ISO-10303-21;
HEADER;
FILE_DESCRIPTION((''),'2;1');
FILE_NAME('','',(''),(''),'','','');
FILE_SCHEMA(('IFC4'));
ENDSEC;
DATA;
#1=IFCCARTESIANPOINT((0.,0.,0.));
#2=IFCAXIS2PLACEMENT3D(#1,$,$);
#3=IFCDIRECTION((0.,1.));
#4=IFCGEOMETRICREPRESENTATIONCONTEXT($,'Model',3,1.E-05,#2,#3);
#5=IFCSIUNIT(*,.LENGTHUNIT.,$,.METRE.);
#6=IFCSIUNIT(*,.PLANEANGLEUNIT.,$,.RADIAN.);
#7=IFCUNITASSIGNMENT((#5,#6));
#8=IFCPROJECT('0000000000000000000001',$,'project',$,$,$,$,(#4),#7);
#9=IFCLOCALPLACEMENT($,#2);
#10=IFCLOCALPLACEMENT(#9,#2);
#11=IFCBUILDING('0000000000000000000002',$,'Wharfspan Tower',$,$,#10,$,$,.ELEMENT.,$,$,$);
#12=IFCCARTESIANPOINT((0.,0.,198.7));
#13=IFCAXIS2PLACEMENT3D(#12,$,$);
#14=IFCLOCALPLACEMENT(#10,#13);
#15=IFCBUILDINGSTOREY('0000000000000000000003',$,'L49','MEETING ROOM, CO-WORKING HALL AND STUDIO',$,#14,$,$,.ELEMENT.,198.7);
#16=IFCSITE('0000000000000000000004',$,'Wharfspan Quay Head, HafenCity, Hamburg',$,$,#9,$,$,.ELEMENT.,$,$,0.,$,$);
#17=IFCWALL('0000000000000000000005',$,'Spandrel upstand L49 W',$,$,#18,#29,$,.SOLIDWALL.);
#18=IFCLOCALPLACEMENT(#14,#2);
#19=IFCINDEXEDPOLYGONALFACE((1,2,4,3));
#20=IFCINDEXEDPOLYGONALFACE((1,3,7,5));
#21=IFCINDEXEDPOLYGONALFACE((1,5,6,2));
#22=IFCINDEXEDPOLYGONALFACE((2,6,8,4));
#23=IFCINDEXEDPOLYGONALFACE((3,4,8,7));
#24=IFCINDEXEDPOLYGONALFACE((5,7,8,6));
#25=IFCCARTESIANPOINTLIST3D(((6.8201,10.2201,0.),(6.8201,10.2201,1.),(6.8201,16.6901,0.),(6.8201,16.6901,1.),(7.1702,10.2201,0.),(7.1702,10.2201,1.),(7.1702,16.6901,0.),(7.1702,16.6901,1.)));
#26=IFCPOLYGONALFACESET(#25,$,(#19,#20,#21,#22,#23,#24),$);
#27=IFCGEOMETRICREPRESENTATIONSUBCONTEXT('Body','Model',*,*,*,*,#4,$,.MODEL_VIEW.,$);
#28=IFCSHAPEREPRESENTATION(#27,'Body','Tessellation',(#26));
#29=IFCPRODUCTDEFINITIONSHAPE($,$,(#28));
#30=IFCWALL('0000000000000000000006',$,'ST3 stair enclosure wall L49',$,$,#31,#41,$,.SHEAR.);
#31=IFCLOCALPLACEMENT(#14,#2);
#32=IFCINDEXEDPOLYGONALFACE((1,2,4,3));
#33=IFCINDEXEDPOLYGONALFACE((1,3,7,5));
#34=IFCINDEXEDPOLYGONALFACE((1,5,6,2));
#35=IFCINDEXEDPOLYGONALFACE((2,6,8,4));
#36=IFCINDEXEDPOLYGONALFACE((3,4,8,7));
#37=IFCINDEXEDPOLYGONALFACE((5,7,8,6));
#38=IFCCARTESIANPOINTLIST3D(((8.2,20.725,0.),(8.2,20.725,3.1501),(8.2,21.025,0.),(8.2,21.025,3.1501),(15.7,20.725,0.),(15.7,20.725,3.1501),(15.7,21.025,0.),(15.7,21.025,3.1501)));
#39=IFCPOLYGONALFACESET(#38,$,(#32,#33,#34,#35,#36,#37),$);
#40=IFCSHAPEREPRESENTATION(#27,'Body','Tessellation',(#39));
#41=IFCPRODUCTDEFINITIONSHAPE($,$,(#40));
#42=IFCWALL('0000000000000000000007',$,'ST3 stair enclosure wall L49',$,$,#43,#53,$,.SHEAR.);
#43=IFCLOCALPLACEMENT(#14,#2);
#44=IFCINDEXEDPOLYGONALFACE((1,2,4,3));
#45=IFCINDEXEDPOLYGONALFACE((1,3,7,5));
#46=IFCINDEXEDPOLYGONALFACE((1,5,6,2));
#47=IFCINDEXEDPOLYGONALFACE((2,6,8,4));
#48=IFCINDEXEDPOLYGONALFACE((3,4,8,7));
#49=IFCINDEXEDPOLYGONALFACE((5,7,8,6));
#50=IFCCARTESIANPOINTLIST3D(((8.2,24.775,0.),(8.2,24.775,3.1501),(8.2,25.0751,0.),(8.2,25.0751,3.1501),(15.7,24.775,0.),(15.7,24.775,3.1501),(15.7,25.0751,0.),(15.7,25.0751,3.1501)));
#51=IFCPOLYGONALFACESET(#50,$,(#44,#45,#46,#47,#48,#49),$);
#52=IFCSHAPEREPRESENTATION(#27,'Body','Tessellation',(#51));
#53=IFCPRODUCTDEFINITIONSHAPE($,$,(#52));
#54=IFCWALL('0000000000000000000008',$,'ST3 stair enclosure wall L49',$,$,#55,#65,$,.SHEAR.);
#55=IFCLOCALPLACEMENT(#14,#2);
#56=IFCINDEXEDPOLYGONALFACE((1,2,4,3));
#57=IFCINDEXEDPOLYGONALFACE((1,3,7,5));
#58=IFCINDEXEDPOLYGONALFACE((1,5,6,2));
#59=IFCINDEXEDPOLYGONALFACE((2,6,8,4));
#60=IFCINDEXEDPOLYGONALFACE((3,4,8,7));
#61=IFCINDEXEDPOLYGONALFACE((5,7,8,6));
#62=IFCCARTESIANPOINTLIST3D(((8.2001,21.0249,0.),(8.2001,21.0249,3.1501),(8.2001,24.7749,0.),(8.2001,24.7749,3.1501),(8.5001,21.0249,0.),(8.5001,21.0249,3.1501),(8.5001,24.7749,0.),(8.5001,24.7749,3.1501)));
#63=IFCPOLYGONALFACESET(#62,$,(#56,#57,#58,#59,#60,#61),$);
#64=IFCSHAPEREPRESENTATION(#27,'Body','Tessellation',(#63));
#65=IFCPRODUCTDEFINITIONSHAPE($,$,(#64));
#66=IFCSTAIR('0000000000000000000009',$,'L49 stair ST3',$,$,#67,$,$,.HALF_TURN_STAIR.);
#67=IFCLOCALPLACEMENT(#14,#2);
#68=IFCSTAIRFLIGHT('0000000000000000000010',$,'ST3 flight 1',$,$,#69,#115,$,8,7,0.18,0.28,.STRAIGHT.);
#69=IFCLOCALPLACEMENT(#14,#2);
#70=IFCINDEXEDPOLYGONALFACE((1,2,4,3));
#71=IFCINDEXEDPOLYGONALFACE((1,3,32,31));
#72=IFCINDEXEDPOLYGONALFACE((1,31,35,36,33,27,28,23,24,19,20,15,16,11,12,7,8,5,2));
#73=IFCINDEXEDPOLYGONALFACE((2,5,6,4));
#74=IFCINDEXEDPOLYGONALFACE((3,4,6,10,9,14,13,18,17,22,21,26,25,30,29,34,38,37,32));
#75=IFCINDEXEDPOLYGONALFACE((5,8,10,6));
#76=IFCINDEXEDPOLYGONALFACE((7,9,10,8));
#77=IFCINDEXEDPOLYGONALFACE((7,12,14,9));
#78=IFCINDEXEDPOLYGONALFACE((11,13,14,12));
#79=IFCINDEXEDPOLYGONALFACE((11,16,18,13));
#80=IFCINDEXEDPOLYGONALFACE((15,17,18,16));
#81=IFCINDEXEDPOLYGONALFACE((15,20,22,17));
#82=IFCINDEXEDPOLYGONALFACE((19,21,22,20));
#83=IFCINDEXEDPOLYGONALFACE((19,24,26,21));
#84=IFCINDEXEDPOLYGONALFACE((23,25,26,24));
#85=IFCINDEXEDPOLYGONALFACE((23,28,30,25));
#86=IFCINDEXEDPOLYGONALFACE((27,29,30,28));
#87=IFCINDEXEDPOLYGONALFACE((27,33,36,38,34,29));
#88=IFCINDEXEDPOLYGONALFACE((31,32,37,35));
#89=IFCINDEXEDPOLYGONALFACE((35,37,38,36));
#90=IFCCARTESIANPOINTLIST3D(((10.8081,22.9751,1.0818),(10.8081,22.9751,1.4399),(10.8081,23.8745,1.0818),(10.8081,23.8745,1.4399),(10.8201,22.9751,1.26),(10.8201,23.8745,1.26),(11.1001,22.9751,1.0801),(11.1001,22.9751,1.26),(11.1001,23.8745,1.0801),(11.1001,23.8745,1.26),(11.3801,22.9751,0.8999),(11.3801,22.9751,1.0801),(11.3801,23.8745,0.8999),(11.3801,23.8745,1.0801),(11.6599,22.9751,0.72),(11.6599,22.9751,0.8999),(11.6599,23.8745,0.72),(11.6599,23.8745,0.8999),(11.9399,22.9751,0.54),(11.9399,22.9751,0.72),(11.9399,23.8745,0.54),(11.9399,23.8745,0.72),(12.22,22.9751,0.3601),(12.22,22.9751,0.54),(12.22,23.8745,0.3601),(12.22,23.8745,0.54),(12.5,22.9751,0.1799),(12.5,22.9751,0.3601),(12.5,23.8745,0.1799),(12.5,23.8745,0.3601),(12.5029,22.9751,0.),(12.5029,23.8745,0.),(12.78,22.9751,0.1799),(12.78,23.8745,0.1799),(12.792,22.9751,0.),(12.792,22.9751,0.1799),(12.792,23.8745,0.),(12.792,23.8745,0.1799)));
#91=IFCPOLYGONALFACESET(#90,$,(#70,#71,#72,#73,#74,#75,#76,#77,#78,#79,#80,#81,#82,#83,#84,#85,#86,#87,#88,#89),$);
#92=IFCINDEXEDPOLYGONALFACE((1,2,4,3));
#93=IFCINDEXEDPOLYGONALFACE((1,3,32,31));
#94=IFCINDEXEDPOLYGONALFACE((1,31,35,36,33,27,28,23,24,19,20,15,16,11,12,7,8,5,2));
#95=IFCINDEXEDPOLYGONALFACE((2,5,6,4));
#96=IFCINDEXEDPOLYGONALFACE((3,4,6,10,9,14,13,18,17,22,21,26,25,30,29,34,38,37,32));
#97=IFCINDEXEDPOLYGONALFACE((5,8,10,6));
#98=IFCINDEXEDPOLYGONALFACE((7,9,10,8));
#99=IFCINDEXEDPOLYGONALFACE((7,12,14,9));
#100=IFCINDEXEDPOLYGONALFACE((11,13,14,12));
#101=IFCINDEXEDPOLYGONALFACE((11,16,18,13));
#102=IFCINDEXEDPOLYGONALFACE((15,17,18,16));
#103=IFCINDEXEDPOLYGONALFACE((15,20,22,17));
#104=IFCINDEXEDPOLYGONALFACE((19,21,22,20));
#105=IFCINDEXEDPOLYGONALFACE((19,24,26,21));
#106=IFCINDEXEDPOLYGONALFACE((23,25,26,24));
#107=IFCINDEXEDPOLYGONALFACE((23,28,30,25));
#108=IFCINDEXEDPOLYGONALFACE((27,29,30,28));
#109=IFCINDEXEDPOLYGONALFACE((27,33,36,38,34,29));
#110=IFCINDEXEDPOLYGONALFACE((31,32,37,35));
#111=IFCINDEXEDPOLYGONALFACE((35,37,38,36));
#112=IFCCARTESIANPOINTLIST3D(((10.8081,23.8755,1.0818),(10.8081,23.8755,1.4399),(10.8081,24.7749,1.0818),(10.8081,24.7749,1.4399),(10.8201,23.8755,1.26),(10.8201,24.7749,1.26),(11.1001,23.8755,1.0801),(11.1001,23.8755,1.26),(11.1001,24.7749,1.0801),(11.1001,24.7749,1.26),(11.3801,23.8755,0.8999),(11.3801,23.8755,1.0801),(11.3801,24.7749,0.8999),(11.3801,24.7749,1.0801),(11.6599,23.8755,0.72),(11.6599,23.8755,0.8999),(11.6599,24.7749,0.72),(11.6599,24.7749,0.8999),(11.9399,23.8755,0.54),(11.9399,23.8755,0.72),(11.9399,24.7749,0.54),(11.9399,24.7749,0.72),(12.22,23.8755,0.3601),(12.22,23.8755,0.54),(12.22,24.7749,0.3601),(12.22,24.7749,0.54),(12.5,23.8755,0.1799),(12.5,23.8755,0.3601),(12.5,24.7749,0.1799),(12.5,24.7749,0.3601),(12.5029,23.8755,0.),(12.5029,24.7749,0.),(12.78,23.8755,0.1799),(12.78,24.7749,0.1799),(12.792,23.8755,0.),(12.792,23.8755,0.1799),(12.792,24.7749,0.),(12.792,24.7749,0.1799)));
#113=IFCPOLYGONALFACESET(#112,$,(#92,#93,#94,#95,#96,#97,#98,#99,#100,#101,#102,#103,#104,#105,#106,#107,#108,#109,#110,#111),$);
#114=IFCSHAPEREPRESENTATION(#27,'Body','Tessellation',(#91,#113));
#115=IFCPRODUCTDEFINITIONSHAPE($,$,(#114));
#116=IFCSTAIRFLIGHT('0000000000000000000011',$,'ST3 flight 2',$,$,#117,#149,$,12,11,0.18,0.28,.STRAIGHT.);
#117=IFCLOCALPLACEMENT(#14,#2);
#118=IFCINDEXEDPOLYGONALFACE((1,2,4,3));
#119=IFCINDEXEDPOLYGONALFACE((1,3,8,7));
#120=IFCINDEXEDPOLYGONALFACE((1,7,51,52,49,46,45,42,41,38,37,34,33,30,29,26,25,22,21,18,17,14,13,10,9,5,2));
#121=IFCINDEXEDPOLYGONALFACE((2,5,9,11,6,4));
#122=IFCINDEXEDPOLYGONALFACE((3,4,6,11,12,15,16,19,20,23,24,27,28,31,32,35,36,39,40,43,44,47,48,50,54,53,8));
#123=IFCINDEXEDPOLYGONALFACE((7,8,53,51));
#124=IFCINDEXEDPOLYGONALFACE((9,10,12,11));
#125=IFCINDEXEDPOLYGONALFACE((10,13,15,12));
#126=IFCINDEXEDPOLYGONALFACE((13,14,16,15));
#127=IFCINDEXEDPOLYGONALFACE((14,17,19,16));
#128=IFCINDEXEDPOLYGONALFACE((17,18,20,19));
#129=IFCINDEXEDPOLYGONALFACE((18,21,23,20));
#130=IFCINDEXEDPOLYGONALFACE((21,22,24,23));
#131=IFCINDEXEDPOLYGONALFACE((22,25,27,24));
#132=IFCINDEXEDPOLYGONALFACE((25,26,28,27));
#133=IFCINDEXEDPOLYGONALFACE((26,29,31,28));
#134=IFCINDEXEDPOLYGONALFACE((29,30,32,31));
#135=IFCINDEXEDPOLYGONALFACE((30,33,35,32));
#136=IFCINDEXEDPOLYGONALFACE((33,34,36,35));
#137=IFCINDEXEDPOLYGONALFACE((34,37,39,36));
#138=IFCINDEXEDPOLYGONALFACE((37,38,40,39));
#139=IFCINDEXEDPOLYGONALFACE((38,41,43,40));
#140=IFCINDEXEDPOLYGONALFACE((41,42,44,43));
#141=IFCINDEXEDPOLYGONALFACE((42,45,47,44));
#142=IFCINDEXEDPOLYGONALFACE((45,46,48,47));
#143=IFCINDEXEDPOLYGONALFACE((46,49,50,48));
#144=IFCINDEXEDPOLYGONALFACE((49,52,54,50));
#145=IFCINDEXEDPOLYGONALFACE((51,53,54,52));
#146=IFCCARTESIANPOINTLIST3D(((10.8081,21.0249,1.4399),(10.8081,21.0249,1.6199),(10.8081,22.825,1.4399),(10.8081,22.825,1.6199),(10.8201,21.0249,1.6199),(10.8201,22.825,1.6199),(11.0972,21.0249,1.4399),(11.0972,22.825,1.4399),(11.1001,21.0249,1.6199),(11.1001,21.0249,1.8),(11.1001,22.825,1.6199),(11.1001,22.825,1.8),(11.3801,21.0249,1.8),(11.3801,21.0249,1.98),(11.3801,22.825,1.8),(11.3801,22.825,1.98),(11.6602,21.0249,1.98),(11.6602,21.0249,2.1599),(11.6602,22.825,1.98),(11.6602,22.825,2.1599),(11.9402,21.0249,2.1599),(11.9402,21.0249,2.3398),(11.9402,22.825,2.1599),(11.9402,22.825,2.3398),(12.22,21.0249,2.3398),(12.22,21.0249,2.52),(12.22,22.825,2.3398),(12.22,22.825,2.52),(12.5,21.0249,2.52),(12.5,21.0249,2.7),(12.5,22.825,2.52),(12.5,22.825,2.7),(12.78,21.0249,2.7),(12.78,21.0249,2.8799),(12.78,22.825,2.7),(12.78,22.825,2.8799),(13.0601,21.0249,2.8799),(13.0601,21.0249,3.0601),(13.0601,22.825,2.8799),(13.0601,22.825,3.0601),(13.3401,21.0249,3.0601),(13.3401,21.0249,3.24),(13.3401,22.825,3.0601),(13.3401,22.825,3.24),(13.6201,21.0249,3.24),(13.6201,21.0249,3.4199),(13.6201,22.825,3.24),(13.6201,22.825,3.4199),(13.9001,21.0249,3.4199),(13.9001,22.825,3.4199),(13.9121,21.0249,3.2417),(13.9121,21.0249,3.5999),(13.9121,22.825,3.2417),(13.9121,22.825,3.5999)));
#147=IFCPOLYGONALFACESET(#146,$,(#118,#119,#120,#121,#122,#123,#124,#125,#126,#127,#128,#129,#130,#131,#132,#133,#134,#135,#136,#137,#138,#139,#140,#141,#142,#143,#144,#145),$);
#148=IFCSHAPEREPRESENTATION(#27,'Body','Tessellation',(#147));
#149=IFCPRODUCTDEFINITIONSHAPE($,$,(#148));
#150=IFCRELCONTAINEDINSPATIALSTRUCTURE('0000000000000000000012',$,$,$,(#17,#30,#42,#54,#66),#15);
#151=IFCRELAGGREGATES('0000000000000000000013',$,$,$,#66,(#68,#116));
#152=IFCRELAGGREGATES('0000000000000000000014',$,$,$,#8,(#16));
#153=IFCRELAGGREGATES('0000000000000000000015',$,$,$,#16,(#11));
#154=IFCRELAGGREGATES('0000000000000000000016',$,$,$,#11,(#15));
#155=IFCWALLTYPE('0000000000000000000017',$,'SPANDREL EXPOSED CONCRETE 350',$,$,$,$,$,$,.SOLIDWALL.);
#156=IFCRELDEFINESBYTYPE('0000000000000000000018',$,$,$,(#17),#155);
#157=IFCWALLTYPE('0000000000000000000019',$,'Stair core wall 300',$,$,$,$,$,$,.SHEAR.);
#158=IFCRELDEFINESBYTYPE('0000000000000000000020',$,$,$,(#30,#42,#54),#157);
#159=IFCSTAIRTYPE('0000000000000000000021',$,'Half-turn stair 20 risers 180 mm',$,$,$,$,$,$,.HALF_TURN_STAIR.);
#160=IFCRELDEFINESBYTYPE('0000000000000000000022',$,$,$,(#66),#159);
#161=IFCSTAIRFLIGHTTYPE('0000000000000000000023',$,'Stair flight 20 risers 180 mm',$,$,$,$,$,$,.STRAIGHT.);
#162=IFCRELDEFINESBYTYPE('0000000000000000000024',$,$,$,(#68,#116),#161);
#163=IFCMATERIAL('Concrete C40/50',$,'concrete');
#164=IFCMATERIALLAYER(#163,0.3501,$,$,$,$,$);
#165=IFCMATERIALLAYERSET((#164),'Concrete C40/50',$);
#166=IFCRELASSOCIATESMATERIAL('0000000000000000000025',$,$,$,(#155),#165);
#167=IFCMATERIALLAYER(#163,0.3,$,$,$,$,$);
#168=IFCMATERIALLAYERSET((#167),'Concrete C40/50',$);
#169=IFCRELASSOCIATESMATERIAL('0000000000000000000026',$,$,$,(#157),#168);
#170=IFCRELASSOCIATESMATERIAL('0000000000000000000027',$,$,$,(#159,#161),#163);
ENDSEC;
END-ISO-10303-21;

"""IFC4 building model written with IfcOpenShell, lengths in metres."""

from ifc_helpers import new_model, si_unit, direction, frame, frame_2d, origin, place, context, subcontext, project, spatial, polyline, rectangle, outline, extrude, material, layer, layer_set, type_object, element, aggregate, save


model = new_model("IFC4")

# Units and contexts
model_context = context("Model", 3, precision=1e-05, world=origin(), true_north=direction((0.0, 1.0)))
body_context = subcontext(model_context, "Body", "Model", "MODEL_VIEW")
ifc_project = project(units=[si_unit("LENGTHUNIT", "METRE"), si_unit("PLANEANGLEUNIT", "RADIAN")], contexts=[model_context])

# Site, building, storey
site_placement = place(None, origin())
site = spatial("IfcSite", under=ifc_project, at=site_placement, Name="Wharfspan Quay Head, HafenCity, Hamburg", CompositionType="ELEMENT", RefElevation=0.0)
building_placement = place(site_placement, origin())
building = spatial("IfcBuilding", under=site, at=building_placement, Name="Wharfspan Tower", CompositionType="ELEMENT")
storey_placement = place(building_placement, frame((0.0, 0.0, 198.7)))
storey = spatial("IfcBuildingStorey", under=building, at=storey_placement, Name="L49", Description="MEETING ROOM, CO-WORKING HALL AND STUDIO", CompositionType="ELEMENT", Elevation=198.7)

# Walls
ifc_material_1 = material(Name="Concrete C40/50", Category="concrete")
ifc_layer_1 = layer(ifc_material_1, 0.3501)
ifc_layer_set_1 = layer_set([ifc_layer_1], Name="Concrete C40/50")
wall_type_1 = type_object("IfcWallType", Name="SPANDREL EXPOSED CONCRETE 350", PredefinedType="SOLIDWALL", material=ifc_layer_set_1)
wall_1_placement = place(storey_placement, frame((6.9951, 16.6899, 0.0), z_axis=(0.0, 0.0, 1.0), x_axis=(0.0, -1.0, 0.0)))
element("IfcWall", 1, at=wall_1_placement, inside=storey, type_object=wall_type_1, Name="Spandrel upstand L49 W", PredefinedType="SOLIDWALL", context=body_context, shape_type="SweptSolid", body=[
    extrude(rectangle(XDim=6.47, YDim=0.3501, at=frame_2d((3.2349, 0.0))), origin(), (0.0, 0.0, 1.0), 1.0),
])
ifc_layer_2 = layer(ifc_material_1, 0.3)
ifc_layer_set_2 = layer_set([ifc_layer_2], Name="Concrete C40/50")
wall_type_2 = type_object("IfcWallType", Name="Stair core wall 300", PredefinedType="SHEAR", material=ifc_layer_set_2)
for number, where, z_axis, x_axis, name in (
    (2, (8.2, 20.875, 0.0), (0.0, 0.0, 1.0), (1.0, 0.0, 0.0), "ST3 stair enclosure wall L49"),
    (3, (8.2, 24.925, 0.0), (0.0, 0.0, 1.0), (1.0, 0.0, 0.0), "ST3 stair enclosure wall L49"),
):
    element("IfcWall", number, at=place(storey_placement, frame(where, z_axis=z_axis, x_axis=x_axis)), inside=storey, type_object=wall_type_2, Name=name, PredefinedType="SHEAR", context=body_context, shape_type="SweptSolid", body=[
        extrude(rectangle(XDim=7.5, YDim=0.3, at=frame_2d((3.75, 0.0))), origin(), (0.0, 0.0, 1.0), 3.1501),
    ])
wall_2_placement = place(storey_placement, frame((8.3501, 21.0249, 0.0), z_axis=(0.0, 0.0, 1.0), x_axis=(0.0, 1.0, 0.0)))
element("IfcWall", 4, at=wall_2_placement, inside=storey, type_object=wall_type_2, Name="ST3 stair enclosure wall L49", PredefinedType="SHEAR", context=body_context, shape_type="SweptSolid", body=[
    extrude(rectangle(XDim=3.75, YDim=0.3, at=frame_2d((1.875, 0.0))), origin(), (0.0, 0.0, 1.0), 3.1501),
])

# Stair, stair flights
stair_type = type_object("IfcStairType", Name="Half-turn stair 20 risers 180 mm", PredefinedType="HALF_TURN_STAIR", material=ifc_material_1)
stair_placement = place(storey_placement, origin())
stair = element("IfcStair", 5, at=stair_placement, inside=storey, type_object=stair_type, Name="L49 stair ST3", PredefinedType="HALF_TURN_STAIR")
stair_flight_type = type_object("IfcStairFlightType", Name="Stair flight 20 risers 180 mm", PredefinedType="STRAIGHT", material=ifc_material_1)
stair_flight_1_placement = place(storey_placement, frame((12.78, 23.875, 0.0), z_axis=(0.0, 0.0, 1.0), x_axis=(-1.0, 0.0, 0.0)))
stair_flight_1 = element("IfcStairFlight", 6, at=stair_flight_1_placement, type_object=stair_flight_type, Name="ST3 flight 1", NumberOfRisers=8, NumberOfTreads=7, PredefinedType="STRAIGHT", RiserHeight=0.18, TreadLength=0.28, context=body_context, shape_type="SweptSolid", body=[
    extrude(outline(polyline([(-0.012, 0.0), (-0.012, 0.1799), (0.0, 0.1799), (0.28, 0.1799), (0.28, 0.3601), (0.5601, 0.3601), (0.5601, 0.54), (0.8401, 0.54), (0.8401, 0.72), (1.1201, 0.72), (1.1201, 0.8999), (1.3999, 0.8999), (1.3999, 1.0801), (1.6799, 1.0801), (1.6799, 1.26), (1.96, 1.26), (1.9719, 1.4399), (1.9719, 1.0818), (0.2771, 0.0), (-0.012, 0.0)])), frame((0.0, 0.8999, 0.0), z_axis=(0.0, -1.0, 0.0), x_axis=(1.0, 0.0, 0.0)), (0.0, 0.0, 1.0), 0.8994),
    extrude(outline(polyline([(-0.012, 0.0), (-0.012, 0.1799), (0.0, 0.1799), (0.28, 0.1799), (0.28, 0.3601), (0.5601, 0.3601), (0.5601, 0.54), (0.8401, 0.54), (0.8401, 0.72), (1.1201, 0.72), (1.1201, 0.8999), (1.3999, 0.8999), (1.3999, 1.0801), (1.6799, 1.0801), (1.6799, 1.26), (1.96, 1.26), (1.9719, 1.4399), (1.9719, 1.0818), (0.2771, 0.0), (-0.012, 0.0)])), frame((0.0, -0.0005, 0.0), z_axis=(0.0, -1.0, 0.0), x_axis=(1.0, 0.0, 0.0)), (0.0, 0.0, 1.0), 0.8994),
])
stair_flight_2_placement = place(storey_placement, frame((10.8201, 21.925, 1.4399), z_axis=(0.0, 0.0, 1.0), x_axis=(1.0, 0.0, 0.0)))
stair_flight_2 = element("IfcStairFlight", 7, at=stair_flight_2_placement, type_object=stair_flight_type, Name="ST3 flight 2", NumberOfRisers=12, NumberOfTreads=11, PredefinedType="STRAIGHT", RiserHeight=0.18, TreadLength=0.28, context=body_context, shape_type="SweptSolid", body=[
    extrude(outline(polyline([(-0.012, 0.0), (-0.012, 0.1799), (0.0, 0.1799), (0.28, 0.1799), (0.28, 0.3601), (0.5601, 0.3601), (0.5601, 0.54), (0.8401, 0.54), (0.8401, 0.72), (1.1201, 0.72), (1.1201, 0.8999), (1.3999, 0.8999), (1.3999, 1.0801), (1.6799, 1.0801), (1.6799, 1.26), (1.96, 1.26), (1.96, 1.4399), (2.24, 1.4399), (2.24, 1.6201), (2.52, 1.6201), (2.52, 1.8), (2.8, 1.8), (2.8, 1.98), (3.0801, 1.98), (3.092, 2.1599), (3.092, 1.8018), (0.2771, 0.0), (-0.012, 0.0)])), frame((0.0, 0.8999, 0.0), z_axis=(0.0, -1.0, 0.0), x_axis=(1.0, 0.0, 0.0)), (0.0, 0.0, 1.0), 1.8),
])
aggregate(stair, [stair_flight_1, stair_flight_2])

save(model, "model.ifc")
